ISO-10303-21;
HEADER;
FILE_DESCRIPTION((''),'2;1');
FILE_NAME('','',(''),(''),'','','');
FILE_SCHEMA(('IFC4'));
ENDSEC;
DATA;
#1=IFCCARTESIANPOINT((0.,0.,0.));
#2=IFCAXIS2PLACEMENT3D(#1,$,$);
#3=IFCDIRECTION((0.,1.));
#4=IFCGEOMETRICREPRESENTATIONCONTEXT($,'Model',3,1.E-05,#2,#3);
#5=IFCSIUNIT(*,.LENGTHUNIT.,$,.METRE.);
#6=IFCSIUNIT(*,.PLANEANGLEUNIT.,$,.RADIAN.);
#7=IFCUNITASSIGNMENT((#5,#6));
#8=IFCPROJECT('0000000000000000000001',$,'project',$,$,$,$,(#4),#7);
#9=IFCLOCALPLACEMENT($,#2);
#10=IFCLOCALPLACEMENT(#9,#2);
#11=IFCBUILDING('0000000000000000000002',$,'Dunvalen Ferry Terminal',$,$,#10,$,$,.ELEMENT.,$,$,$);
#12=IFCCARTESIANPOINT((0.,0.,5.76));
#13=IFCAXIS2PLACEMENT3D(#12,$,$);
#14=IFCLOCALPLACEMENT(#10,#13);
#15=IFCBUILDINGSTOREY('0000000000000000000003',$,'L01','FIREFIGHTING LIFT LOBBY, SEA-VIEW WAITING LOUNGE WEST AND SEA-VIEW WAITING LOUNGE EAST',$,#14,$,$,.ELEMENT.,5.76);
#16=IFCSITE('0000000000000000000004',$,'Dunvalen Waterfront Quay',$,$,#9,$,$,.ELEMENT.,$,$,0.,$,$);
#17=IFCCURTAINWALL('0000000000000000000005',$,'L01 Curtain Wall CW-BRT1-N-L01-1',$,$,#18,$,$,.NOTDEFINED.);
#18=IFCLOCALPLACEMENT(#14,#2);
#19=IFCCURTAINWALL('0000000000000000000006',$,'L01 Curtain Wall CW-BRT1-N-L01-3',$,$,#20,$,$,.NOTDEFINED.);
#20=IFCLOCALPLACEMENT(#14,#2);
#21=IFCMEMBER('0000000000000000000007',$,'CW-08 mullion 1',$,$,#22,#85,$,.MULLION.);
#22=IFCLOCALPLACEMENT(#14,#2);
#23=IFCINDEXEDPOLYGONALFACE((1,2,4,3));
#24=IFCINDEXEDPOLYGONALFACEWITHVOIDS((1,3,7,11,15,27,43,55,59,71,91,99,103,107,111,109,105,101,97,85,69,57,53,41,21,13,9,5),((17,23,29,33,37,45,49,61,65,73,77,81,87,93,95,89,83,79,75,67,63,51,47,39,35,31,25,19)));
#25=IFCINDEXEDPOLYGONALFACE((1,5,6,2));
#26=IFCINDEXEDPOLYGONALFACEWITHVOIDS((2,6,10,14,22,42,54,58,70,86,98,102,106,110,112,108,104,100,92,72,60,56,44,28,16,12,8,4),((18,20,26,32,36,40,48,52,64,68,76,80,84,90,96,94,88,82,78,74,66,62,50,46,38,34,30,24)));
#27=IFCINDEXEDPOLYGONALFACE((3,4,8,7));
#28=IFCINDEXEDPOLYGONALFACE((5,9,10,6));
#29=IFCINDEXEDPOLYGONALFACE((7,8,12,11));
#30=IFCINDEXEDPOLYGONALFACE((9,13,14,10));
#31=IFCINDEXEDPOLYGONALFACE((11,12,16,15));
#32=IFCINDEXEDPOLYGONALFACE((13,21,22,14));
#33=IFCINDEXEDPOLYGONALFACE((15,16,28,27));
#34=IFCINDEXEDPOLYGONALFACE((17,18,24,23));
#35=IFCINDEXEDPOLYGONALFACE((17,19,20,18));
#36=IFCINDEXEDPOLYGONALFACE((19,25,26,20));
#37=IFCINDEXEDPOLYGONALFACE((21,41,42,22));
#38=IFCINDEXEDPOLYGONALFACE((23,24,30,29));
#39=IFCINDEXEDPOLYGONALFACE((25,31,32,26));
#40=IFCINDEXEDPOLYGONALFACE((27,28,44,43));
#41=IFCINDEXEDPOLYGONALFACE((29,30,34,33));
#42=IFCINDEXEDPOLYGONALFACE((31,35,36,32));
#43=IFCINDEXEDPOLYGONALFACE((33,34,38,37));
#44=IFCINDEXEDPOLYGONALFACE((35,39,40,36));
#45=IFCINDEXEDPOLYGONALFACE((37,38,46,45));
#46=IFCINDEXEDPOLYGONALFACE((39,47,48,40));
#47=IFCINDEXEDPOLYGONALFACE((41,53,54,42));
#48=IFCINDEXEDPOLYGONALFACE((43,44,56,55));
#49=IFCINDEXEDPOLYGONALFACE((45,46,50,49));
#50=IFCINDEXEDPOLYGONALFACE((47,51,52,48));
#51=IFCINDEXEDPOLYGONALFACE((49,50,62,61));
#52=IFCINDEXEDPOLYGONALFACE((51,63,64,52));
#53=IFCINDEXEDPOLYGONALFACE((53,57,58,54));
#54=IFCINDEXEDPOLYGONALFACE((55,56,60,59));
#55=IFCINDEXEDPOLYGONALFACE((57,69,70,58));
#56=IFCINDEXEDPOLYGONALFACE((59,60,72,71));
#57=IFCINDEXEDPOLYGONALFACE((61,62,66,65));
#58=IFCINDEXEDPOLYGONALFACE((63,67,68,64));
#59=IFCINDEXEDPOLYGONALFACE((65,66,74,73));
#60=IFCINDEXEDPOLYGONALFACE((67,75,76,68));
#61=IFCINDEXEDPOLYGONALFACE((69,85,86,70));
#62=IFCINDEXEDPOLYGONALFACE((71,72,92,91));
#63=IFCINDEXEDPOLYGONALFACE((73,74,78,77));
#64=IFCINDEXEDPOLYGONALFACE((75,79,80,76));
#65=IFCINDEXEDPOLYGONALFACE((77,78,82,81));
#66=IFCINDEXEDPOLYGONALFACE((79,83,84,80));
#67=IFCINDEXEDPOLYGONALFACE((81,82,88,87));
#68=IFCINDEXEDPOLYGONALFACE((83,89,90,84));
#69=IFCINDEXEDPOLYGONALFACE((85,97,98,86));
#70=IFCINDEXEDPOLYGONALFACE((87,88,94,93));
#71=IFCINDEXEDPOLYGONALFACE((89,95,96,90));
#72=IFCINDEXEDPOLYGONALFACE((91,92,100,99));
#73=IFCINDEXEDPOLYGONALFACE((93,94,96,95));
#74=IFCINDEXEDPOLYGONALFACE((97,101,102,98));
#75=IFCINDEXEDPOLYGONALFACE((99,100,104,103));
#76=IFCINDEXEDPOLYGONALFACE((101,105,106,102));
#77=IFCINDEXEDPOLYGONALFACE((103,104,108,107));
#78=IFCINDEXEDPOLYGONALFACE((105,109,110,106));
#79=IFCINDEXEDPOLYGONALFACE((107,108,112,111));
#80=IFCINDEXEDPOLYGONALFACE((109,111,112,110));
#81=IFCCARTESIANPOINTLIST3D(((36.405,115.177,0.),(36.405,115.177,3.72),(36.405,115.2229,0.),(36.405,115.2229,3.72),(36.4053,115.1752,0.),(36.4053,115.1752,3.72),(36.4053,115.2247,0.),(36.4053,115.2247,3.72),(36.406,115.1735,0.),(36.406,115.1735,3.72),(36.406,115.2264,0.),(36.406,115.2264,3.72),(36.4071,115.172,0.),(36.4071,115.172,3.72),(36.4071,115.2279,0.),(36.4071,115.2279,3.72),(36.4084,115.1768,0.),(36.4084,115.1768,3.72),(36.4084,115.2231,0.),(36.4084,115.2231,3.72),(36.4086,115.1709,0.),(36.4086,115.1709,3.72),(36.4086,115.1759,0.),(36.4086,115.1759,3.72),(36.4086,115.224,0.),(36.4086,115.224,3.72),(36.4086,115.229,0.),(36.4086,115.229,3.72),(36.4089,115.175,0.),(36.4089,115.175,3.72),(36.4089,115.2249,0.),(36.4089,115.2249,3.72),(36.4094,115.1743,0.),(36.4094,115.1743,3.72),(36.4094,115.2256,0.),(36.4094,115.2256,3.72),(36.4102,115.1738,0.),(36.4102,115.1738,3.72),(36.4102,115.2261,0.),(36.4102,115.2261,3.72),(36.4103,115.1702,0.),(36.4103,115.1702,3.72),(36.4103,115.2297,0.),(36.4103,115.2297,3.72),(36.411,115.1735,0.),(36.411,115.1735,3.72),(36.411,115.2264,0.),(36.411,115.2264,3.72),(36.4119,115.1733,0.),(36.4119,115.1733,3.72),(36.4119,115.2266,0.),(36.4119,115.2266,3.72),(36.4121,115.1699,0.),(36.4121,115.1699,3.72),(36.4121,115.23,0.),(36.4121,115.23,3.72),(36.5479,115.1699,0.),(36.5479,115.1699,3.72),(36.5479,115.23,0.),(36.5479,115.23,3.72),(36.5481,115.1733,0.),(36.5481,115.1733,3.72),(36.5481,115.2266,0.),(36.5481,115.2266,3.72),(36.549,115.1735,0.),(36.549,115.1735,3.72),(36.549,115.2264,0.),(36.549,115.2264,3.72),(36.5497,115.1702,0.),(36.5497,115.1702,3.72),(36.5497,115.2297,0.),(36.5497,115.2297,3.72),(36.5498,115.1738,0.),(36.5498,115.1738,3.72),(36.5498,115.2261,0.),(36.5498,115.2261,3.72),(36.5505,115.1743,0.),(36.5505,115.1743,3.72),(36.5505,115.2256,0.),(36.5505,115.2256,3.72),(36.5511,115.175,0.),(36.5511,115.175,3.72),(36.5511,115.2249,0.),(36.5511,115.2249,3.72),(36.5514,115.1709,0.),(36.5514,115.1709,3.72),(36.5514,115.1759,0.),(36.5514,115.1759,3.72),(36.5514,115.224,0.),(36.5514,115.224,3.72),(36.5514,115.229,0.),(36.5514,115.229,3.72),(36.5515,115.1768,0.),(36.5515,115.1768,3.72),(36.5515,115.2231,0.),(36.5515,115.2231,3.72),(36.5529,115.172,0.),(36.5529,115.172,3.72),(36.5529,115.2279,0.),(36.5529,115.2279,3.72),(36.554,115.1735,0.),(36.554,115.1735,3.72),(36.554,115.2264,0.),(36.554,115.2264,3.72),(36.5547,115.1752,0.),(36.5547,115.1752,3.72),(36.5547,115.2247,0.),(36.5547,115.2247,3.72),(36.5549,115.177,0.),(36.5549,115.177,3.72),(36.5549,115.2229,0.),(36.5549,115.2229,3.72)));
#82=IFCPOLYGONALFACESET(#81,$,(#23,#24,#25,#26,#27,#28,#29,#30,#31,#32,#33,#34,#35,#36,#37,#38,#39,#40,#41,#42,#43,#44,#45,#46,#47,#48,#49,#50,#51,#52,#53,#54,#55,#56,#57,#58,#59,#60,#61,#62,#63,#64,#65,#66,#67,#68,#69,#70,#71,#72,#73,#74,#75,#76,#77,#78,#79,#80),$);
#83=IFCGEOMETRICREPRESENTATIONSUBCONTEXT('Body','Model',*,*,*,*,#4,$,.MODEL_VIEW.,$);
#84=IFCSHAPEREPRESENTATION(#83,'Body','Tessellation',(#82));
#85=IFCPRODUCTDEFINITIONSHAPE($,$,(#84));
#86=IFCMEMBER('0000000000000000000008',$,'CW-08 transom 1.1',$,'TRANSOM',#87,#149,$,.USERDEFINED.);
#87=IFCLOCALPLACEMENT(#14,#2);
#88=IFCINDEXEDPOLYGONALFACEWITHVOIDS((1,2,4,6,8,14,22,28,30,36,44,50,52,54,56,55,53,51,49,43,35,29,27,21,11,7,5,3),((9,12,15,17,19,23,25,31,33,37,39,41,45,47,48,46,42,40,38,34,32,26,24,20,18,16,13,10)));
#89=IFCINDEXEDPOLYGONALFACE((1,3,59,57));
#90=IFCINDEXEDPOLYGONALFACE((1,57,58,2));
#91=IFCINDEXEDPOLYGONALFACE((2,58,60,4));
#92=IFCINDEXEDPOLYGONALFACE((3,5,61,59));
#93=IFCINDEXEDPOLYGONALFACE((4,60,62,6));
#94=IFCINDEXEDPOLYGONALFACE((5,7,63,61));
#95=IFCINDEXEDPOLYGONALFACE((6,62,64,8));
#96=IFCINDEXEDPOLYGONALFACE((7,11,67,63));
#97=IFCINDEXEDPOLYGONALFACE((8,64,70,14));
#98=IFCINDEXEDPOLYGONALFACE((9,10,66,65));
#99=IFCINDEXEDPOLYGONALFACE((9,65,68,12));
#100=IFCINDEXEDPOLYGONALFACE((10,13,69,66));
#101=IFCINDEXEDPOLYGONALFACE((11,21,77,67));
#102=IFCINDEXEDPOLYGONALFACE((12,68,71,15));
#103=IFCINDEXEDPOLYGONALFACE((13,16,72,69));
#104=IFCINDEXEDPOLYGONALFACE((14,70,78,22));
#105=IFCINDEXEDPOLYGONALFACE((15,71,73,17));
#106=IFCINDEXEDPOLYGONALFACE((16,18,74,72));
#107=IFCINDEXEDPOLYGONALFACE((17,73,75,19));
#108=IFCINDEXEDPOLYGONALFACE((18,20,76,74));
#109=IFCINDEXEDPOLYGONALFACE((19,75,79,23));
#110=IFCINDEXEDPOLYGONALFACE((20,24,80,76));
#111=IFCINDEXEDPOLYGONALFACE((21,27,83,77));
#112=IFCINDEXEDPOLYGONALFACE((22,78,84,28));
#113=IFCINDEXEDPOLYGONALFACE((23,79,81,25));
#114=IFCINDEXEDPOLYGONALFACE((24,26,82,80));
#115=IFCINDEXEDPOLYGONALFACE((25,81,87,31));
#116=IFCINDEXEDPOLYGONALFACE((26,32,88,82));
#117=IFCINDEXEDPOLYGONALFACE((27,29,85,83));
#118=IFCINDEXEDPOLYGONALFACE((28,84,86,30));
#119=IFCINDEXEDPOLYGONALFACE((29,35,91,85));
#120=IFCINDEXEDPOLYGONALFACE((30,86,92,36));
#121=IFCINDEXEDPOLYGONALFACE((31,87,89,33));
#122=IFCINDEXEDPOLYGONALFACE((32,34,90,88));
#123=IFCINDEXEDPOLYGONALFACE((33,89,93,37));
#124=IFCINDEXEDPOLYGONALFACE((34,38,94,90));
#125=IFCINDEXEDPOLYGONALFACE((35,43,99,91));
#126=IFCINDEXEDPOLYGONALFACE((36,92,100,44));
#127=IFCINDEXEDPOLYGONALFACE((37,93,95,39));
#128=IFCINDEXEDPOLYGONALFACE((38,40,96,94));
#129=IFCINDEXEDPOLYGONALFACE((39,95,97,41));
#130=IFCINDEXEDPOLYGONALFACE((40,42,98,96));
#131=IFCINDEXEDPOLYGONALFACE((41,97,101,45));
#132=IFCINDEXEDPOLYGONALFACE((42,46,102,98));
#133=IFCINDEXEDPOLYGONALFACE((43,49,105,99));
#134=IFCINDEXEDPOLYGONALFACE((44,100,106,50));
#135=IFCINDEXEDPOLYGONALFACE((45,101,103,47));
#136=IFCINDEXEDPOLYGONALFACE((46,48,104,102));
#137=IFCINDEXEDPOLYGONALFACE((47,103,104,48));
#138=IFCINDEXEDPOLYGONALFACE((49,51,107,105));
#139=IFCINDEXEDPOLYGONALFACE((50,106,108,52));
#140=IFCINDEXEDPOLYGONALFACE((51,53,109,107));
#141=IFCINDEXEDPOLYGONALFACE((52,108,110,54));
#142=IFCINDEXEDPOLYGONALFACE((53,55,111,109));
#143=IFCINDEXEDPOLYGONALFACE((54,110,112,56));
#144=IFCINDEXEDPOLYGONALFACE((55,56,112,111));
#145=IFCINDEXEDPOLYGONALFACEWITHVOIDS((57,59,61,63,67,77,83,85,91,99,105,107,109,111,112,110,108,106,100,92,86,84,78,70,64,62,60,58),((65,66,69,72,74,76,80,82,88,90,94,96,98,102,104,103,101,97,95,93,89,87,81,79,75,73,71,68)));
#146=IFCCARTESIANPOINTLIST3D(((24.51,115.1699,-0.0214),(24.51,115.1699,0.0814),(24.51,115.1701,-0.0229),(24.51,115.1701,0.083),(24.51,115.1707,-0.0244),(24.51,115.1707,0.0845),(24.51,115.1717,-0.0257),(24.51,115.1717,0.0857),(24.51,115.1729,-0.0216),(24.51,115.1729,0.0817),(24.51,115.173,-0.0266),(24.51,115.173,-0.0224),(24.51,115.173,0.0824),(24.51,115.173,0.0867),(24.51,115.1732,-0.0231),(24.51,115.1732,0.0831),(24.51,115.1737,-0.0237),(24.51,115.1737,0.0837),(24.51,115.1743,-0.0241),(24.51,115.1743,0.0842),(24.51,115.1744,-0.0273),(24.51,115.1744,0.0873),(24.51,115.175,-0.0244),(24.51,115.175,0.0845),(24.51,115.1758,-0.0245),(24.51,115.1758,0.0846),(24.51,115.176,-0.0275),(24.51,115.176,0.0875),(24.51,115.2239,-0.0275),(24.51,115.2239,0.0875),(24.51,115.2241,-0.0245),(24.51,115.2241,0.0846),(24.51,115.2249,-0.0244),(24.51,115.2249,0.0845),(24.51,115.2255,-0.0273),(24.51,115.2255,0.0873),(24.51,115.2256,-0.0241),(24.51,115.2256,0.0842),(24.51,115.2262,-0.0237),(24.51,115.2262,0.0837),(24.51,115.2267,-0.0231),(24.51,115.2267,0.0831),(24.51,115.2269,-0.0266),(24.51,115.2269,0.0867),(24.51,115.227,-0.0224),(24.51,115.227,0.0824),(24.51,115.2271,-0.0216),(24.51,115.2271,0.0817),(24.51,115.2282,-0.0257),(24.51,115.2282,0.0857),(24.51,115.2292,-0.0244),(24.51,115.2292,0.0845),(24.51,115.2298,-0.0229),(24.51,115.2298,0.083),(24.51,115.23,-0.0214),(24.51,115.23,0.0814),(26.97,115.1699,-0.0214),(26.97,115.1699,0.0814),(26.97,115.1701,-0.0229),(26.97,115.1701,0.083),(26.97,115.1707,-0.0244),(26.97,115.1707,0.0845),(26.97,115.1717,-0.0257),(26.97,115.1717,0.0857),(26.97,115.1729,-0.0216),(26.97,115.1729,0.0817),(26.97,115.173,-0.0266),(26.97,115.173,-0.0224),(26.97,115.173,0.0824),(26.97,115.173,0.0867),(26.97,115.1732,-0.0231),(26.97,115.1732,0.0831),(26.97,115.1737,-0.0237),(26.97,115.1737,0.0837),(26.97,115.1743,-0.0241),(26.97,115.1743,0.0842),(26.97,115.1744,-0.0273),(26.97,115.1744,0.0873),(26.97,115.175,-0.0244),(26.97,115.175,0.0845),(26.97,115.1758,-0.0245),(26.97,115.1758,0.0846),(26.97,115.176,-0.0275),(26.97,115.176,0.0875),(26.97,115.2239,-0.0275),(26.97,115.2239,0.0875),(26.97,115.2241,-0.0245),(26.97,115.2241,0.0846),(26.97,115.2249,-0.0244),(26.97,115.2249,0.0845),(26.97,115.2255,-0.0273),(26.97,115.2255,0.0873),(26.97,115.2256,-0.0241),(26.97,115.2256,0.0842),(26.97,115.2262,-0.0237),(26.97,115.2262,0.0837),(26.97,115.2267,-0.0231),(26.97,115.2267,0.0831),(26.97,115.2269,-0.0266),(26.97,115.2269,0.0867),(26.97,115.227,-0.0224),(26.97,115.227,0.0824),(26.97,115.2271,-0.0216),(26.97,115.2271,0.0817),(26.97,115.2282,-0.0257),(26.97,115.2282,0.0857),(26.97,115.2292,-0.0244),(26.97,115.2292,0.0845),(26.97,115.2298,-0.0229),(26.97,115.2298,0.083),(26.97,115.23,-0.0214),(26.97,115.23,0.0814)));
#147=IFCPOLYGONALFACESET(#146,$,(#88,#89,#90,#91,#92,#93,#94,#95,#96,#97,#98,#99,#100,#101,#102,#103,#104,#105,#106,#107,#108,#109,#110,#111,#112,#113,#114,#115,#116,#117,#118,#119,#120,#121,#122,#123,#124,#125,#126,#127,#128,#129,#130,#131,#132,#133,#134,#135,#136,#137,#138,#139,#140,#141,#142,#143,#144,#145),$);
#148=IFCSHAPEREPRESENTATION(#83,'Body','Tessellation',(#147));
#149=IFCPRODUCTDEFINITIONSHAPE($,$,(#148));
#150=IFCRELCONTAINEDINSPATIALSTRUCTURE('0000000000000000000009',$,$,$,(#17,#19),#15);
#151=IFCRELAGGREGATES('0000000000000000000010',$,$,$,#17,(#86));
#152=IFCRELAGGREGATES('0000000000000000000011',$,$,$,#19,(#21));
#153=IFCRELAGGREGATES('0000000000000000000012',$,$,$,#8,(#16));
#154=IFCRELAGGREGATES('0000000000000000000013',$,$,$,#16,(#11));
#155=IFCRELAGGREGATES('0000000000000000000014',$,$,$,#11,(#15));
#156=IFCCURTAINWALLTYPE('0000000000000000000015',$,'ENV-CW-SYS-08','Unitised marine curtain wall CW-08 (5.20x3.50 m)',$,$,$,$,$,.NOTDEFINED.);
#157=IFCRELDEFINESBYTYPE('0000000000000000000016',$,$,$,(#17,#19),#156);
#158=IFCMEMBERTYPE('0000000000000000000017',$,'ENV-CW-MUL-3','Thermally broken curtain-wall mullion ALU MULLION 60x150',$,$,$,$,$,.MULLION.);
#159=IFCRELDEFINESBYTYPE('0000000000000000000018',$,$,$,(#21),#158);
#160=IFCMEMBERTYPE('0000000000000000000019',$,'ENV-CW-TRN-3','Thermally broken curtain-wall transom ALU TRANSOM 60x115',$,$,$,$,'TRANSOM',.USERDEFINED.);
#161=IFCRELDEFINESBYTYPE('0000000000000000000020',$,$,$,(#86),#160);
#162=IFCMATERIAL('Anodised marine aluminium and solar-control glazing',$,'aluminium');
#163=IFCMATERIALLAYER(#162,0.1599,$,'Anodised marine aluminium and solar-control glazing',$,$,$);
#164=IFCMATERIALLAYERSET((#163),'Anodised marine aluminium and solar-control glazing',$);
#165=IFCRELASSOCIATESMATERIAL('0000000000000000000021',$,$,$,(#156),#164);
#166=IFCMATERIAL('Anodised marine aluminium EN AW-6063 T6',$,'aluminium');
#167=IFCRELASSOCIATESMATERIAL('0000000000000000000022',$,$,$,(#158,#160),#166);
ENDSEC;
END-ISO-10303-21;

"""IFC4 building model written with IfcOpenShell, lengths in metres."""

from ifc_helpers import new_model, si_unit, direction, frame, origin, origin_2d, place, context, subcontext, project, spatial, hollow_rectangle, extrude, material, layer, layer_set, material_profile, profile_set, type_object, element, aggregate, save


model = new_model("IFC4")

# Units and contexts
model_context = context("Model", 3, precision=1e-05, world=origin(), true_north=direction((0.0, 1.0)))
body_context = subcontext(model_context, "Body", "Model", "MODEL_VIEW")
ifc_project = project(units=[si_unit("LENGTHUNIT", "METRE"), si_unit("PLANEANGLEUNIT", "RADIAN")], contexts=[model_context])

# Site, building, storey
site_placement = place(None, origin())
site = spatial("IfcSite", under=ifc_project, at=site_placement, Name="Dunvalen Waterfront Quay", CompositionType="ELEMENT", RefElevation=0.0)
building_placement = place(site_placement, origin())
building = spatial("IfcBuilding", under=site, at=building_placement, Name="Dunvalen Ferry Terminal", CompositionType="ELEMENT")
storey_placement = place(building_placement, frame((0.0, 0.0, 5.76)))
storey = spatial("IfcBuildingStorey", under=building, at=storey_placement, Name="L01", Description="FIREFIGHTING LIFT LOBBY, SEA-VIEW WAITING LOUNGE WEST AND SEA-VIEW WAITING LOUNGE EAST", CompositionType="ELEMENT", Elevation=5.76)

# Curtain wall
ifc_material_1 = material(Name="Anodised marine aluminium and solar-control glazing", Category="aluminium")
ifc_layer_1 = layer(ifc_material_1, 0.1599, Name="Anodised marine aluminium and solar-control glazing")
ifc_layer_set_1 = layer_set([ifc_layer_1], Name="Anodised marine aluminium and solar-control glazing")
curtain_wall_type = type_object("IfcCurtainWallType", Name="ENV-CW-SYS-08", Description="Unitised marine curtain wall CW-08 (5.20x3.50 m)", PredefinedType="NOTDEFINED", material=ifc_layer_set_1)
curtain_wall_1_placement = place(storey_placement, origin())
curtain_wall_1 = element("IfcCurtainWall", 1, at=curtain_wall_1_placement, inside=storey, type_object=curtain_wall_type, Name="L01 Curtain Wall CW-BRT1-N-L01-1", PredefinedType="NOTDEFINED")
ifc_material_2 = material(Name="Anodised marine aluminium EN AW-6063 T6", Category="aluminium")
ifc_material_profile_1 = material_profile(ifc_material_2, hollow_rectangle(XDim=0.0601, YDim=0.1499, WallThickness=0.0034, InnerFilletRadius=0.0034, OuterFilletRadius=0.0071, at=origin_2d()), Name="Anodised marine aluminium EN AW-6063 T6")
ifc_profile_set_1 = profile_set([ifc_material_profile_1], Name="Anodised marine aluminium EN AW-6063 T6")
member_type_1 = type_object("IfcMemberType", Name="ENV-CW-MUL-3", Description="Thermally broken curtain-wall mullion ALU MULLION 60x150", PredefinedType="MULLION", material=ifc_profile_set_1)

# Curtain wall, member
curtain_wall_2_placement = place(storey_placement, origin())
curtain_wall_2 = element("IfcCurtainWall", 2, at=curtain_wall_2_placement, inside=storey, type_object=curtain_wall_type, Name="L01 Curtain Wall CW-BRT1-N-L01-3", PredefinedType="NOTDEFINED")
member_1_placement = place(storey_placement, frame((36.48, 115.2, 0.0), z_axis=(0.0, 0.0, 1.0), x_axis=(0.0, 1.0, 0.0)))
member_1 = element("IfcMember", 3, at=member_1_placement, type_object=member_type_1, Name="CW-08 mullion 1", PredefinedType="MULLION", context=body_context, shape_type="SweptSolid", body=[
    extrude(hollow_rectangle(XDim=0.0601, YDim=0.1499, WallThickness=0.0034, InnerFilletRadius=0.0034, OuterFilletRadius=0.0071, at=origin_2d()), origin(), (0.0, 0.0, 1.0), 3.72),
])

# Member
ifc_material_profile_2 = material_profile(ifc_material_2, hollow_rectangle(XDim=0.0601, YDim=0.115, WallThickness=0.0029, InnerFilletRadius=0.0029, OuterFilletRadius=0.0061, at=origin_2d()), Name="Anodised marine aluminium EN AW-6063 T6")
ifc_profile_set_2 = profile_set([ifc_material_profile_2], Name="Anodised marine aluminium EN AW-6063 T6")
member_type_2 = type_object("IfcMemberType", Name="ENV-CW-TRN-3", Description="Thermally broken curtain-wall transom ALU TRANSOM 60x115", ElementType="TRANSOM", PredefinedType="USERDEFINED", material=ifc_profile_set_2)
member_2_placement = place(storey_placement, frame((24.51, 115.2, 0.03), z_axis=(1.0, 0.0, 0.0), x_axis=(0.0, 1.0, 0.0)))
member_2 = element("IfcMember", 4, at=member_2_placement, type_object=member_type_2, Name="CW-08 transom 1.1", ObjectType="TRANSOM", PredefinedType="USERDEFINED", context=body_context, shape_type="SweptSolid", body=[
    extrude(hollow_rectangle(XDim=0.0601, YDim=0.115, WallThickness=0.0029, InnerFilletRadius=0.0029, OuterFilletRadius=0.0061, at=origin_2d()), origin(), (0.0, 0.0, 1.0), 2.46),
])

aggregate(curtain_wall_1, [member_2])
aggregate(curtain_wall_2, [member_1])

save(model, "model.ifc")
